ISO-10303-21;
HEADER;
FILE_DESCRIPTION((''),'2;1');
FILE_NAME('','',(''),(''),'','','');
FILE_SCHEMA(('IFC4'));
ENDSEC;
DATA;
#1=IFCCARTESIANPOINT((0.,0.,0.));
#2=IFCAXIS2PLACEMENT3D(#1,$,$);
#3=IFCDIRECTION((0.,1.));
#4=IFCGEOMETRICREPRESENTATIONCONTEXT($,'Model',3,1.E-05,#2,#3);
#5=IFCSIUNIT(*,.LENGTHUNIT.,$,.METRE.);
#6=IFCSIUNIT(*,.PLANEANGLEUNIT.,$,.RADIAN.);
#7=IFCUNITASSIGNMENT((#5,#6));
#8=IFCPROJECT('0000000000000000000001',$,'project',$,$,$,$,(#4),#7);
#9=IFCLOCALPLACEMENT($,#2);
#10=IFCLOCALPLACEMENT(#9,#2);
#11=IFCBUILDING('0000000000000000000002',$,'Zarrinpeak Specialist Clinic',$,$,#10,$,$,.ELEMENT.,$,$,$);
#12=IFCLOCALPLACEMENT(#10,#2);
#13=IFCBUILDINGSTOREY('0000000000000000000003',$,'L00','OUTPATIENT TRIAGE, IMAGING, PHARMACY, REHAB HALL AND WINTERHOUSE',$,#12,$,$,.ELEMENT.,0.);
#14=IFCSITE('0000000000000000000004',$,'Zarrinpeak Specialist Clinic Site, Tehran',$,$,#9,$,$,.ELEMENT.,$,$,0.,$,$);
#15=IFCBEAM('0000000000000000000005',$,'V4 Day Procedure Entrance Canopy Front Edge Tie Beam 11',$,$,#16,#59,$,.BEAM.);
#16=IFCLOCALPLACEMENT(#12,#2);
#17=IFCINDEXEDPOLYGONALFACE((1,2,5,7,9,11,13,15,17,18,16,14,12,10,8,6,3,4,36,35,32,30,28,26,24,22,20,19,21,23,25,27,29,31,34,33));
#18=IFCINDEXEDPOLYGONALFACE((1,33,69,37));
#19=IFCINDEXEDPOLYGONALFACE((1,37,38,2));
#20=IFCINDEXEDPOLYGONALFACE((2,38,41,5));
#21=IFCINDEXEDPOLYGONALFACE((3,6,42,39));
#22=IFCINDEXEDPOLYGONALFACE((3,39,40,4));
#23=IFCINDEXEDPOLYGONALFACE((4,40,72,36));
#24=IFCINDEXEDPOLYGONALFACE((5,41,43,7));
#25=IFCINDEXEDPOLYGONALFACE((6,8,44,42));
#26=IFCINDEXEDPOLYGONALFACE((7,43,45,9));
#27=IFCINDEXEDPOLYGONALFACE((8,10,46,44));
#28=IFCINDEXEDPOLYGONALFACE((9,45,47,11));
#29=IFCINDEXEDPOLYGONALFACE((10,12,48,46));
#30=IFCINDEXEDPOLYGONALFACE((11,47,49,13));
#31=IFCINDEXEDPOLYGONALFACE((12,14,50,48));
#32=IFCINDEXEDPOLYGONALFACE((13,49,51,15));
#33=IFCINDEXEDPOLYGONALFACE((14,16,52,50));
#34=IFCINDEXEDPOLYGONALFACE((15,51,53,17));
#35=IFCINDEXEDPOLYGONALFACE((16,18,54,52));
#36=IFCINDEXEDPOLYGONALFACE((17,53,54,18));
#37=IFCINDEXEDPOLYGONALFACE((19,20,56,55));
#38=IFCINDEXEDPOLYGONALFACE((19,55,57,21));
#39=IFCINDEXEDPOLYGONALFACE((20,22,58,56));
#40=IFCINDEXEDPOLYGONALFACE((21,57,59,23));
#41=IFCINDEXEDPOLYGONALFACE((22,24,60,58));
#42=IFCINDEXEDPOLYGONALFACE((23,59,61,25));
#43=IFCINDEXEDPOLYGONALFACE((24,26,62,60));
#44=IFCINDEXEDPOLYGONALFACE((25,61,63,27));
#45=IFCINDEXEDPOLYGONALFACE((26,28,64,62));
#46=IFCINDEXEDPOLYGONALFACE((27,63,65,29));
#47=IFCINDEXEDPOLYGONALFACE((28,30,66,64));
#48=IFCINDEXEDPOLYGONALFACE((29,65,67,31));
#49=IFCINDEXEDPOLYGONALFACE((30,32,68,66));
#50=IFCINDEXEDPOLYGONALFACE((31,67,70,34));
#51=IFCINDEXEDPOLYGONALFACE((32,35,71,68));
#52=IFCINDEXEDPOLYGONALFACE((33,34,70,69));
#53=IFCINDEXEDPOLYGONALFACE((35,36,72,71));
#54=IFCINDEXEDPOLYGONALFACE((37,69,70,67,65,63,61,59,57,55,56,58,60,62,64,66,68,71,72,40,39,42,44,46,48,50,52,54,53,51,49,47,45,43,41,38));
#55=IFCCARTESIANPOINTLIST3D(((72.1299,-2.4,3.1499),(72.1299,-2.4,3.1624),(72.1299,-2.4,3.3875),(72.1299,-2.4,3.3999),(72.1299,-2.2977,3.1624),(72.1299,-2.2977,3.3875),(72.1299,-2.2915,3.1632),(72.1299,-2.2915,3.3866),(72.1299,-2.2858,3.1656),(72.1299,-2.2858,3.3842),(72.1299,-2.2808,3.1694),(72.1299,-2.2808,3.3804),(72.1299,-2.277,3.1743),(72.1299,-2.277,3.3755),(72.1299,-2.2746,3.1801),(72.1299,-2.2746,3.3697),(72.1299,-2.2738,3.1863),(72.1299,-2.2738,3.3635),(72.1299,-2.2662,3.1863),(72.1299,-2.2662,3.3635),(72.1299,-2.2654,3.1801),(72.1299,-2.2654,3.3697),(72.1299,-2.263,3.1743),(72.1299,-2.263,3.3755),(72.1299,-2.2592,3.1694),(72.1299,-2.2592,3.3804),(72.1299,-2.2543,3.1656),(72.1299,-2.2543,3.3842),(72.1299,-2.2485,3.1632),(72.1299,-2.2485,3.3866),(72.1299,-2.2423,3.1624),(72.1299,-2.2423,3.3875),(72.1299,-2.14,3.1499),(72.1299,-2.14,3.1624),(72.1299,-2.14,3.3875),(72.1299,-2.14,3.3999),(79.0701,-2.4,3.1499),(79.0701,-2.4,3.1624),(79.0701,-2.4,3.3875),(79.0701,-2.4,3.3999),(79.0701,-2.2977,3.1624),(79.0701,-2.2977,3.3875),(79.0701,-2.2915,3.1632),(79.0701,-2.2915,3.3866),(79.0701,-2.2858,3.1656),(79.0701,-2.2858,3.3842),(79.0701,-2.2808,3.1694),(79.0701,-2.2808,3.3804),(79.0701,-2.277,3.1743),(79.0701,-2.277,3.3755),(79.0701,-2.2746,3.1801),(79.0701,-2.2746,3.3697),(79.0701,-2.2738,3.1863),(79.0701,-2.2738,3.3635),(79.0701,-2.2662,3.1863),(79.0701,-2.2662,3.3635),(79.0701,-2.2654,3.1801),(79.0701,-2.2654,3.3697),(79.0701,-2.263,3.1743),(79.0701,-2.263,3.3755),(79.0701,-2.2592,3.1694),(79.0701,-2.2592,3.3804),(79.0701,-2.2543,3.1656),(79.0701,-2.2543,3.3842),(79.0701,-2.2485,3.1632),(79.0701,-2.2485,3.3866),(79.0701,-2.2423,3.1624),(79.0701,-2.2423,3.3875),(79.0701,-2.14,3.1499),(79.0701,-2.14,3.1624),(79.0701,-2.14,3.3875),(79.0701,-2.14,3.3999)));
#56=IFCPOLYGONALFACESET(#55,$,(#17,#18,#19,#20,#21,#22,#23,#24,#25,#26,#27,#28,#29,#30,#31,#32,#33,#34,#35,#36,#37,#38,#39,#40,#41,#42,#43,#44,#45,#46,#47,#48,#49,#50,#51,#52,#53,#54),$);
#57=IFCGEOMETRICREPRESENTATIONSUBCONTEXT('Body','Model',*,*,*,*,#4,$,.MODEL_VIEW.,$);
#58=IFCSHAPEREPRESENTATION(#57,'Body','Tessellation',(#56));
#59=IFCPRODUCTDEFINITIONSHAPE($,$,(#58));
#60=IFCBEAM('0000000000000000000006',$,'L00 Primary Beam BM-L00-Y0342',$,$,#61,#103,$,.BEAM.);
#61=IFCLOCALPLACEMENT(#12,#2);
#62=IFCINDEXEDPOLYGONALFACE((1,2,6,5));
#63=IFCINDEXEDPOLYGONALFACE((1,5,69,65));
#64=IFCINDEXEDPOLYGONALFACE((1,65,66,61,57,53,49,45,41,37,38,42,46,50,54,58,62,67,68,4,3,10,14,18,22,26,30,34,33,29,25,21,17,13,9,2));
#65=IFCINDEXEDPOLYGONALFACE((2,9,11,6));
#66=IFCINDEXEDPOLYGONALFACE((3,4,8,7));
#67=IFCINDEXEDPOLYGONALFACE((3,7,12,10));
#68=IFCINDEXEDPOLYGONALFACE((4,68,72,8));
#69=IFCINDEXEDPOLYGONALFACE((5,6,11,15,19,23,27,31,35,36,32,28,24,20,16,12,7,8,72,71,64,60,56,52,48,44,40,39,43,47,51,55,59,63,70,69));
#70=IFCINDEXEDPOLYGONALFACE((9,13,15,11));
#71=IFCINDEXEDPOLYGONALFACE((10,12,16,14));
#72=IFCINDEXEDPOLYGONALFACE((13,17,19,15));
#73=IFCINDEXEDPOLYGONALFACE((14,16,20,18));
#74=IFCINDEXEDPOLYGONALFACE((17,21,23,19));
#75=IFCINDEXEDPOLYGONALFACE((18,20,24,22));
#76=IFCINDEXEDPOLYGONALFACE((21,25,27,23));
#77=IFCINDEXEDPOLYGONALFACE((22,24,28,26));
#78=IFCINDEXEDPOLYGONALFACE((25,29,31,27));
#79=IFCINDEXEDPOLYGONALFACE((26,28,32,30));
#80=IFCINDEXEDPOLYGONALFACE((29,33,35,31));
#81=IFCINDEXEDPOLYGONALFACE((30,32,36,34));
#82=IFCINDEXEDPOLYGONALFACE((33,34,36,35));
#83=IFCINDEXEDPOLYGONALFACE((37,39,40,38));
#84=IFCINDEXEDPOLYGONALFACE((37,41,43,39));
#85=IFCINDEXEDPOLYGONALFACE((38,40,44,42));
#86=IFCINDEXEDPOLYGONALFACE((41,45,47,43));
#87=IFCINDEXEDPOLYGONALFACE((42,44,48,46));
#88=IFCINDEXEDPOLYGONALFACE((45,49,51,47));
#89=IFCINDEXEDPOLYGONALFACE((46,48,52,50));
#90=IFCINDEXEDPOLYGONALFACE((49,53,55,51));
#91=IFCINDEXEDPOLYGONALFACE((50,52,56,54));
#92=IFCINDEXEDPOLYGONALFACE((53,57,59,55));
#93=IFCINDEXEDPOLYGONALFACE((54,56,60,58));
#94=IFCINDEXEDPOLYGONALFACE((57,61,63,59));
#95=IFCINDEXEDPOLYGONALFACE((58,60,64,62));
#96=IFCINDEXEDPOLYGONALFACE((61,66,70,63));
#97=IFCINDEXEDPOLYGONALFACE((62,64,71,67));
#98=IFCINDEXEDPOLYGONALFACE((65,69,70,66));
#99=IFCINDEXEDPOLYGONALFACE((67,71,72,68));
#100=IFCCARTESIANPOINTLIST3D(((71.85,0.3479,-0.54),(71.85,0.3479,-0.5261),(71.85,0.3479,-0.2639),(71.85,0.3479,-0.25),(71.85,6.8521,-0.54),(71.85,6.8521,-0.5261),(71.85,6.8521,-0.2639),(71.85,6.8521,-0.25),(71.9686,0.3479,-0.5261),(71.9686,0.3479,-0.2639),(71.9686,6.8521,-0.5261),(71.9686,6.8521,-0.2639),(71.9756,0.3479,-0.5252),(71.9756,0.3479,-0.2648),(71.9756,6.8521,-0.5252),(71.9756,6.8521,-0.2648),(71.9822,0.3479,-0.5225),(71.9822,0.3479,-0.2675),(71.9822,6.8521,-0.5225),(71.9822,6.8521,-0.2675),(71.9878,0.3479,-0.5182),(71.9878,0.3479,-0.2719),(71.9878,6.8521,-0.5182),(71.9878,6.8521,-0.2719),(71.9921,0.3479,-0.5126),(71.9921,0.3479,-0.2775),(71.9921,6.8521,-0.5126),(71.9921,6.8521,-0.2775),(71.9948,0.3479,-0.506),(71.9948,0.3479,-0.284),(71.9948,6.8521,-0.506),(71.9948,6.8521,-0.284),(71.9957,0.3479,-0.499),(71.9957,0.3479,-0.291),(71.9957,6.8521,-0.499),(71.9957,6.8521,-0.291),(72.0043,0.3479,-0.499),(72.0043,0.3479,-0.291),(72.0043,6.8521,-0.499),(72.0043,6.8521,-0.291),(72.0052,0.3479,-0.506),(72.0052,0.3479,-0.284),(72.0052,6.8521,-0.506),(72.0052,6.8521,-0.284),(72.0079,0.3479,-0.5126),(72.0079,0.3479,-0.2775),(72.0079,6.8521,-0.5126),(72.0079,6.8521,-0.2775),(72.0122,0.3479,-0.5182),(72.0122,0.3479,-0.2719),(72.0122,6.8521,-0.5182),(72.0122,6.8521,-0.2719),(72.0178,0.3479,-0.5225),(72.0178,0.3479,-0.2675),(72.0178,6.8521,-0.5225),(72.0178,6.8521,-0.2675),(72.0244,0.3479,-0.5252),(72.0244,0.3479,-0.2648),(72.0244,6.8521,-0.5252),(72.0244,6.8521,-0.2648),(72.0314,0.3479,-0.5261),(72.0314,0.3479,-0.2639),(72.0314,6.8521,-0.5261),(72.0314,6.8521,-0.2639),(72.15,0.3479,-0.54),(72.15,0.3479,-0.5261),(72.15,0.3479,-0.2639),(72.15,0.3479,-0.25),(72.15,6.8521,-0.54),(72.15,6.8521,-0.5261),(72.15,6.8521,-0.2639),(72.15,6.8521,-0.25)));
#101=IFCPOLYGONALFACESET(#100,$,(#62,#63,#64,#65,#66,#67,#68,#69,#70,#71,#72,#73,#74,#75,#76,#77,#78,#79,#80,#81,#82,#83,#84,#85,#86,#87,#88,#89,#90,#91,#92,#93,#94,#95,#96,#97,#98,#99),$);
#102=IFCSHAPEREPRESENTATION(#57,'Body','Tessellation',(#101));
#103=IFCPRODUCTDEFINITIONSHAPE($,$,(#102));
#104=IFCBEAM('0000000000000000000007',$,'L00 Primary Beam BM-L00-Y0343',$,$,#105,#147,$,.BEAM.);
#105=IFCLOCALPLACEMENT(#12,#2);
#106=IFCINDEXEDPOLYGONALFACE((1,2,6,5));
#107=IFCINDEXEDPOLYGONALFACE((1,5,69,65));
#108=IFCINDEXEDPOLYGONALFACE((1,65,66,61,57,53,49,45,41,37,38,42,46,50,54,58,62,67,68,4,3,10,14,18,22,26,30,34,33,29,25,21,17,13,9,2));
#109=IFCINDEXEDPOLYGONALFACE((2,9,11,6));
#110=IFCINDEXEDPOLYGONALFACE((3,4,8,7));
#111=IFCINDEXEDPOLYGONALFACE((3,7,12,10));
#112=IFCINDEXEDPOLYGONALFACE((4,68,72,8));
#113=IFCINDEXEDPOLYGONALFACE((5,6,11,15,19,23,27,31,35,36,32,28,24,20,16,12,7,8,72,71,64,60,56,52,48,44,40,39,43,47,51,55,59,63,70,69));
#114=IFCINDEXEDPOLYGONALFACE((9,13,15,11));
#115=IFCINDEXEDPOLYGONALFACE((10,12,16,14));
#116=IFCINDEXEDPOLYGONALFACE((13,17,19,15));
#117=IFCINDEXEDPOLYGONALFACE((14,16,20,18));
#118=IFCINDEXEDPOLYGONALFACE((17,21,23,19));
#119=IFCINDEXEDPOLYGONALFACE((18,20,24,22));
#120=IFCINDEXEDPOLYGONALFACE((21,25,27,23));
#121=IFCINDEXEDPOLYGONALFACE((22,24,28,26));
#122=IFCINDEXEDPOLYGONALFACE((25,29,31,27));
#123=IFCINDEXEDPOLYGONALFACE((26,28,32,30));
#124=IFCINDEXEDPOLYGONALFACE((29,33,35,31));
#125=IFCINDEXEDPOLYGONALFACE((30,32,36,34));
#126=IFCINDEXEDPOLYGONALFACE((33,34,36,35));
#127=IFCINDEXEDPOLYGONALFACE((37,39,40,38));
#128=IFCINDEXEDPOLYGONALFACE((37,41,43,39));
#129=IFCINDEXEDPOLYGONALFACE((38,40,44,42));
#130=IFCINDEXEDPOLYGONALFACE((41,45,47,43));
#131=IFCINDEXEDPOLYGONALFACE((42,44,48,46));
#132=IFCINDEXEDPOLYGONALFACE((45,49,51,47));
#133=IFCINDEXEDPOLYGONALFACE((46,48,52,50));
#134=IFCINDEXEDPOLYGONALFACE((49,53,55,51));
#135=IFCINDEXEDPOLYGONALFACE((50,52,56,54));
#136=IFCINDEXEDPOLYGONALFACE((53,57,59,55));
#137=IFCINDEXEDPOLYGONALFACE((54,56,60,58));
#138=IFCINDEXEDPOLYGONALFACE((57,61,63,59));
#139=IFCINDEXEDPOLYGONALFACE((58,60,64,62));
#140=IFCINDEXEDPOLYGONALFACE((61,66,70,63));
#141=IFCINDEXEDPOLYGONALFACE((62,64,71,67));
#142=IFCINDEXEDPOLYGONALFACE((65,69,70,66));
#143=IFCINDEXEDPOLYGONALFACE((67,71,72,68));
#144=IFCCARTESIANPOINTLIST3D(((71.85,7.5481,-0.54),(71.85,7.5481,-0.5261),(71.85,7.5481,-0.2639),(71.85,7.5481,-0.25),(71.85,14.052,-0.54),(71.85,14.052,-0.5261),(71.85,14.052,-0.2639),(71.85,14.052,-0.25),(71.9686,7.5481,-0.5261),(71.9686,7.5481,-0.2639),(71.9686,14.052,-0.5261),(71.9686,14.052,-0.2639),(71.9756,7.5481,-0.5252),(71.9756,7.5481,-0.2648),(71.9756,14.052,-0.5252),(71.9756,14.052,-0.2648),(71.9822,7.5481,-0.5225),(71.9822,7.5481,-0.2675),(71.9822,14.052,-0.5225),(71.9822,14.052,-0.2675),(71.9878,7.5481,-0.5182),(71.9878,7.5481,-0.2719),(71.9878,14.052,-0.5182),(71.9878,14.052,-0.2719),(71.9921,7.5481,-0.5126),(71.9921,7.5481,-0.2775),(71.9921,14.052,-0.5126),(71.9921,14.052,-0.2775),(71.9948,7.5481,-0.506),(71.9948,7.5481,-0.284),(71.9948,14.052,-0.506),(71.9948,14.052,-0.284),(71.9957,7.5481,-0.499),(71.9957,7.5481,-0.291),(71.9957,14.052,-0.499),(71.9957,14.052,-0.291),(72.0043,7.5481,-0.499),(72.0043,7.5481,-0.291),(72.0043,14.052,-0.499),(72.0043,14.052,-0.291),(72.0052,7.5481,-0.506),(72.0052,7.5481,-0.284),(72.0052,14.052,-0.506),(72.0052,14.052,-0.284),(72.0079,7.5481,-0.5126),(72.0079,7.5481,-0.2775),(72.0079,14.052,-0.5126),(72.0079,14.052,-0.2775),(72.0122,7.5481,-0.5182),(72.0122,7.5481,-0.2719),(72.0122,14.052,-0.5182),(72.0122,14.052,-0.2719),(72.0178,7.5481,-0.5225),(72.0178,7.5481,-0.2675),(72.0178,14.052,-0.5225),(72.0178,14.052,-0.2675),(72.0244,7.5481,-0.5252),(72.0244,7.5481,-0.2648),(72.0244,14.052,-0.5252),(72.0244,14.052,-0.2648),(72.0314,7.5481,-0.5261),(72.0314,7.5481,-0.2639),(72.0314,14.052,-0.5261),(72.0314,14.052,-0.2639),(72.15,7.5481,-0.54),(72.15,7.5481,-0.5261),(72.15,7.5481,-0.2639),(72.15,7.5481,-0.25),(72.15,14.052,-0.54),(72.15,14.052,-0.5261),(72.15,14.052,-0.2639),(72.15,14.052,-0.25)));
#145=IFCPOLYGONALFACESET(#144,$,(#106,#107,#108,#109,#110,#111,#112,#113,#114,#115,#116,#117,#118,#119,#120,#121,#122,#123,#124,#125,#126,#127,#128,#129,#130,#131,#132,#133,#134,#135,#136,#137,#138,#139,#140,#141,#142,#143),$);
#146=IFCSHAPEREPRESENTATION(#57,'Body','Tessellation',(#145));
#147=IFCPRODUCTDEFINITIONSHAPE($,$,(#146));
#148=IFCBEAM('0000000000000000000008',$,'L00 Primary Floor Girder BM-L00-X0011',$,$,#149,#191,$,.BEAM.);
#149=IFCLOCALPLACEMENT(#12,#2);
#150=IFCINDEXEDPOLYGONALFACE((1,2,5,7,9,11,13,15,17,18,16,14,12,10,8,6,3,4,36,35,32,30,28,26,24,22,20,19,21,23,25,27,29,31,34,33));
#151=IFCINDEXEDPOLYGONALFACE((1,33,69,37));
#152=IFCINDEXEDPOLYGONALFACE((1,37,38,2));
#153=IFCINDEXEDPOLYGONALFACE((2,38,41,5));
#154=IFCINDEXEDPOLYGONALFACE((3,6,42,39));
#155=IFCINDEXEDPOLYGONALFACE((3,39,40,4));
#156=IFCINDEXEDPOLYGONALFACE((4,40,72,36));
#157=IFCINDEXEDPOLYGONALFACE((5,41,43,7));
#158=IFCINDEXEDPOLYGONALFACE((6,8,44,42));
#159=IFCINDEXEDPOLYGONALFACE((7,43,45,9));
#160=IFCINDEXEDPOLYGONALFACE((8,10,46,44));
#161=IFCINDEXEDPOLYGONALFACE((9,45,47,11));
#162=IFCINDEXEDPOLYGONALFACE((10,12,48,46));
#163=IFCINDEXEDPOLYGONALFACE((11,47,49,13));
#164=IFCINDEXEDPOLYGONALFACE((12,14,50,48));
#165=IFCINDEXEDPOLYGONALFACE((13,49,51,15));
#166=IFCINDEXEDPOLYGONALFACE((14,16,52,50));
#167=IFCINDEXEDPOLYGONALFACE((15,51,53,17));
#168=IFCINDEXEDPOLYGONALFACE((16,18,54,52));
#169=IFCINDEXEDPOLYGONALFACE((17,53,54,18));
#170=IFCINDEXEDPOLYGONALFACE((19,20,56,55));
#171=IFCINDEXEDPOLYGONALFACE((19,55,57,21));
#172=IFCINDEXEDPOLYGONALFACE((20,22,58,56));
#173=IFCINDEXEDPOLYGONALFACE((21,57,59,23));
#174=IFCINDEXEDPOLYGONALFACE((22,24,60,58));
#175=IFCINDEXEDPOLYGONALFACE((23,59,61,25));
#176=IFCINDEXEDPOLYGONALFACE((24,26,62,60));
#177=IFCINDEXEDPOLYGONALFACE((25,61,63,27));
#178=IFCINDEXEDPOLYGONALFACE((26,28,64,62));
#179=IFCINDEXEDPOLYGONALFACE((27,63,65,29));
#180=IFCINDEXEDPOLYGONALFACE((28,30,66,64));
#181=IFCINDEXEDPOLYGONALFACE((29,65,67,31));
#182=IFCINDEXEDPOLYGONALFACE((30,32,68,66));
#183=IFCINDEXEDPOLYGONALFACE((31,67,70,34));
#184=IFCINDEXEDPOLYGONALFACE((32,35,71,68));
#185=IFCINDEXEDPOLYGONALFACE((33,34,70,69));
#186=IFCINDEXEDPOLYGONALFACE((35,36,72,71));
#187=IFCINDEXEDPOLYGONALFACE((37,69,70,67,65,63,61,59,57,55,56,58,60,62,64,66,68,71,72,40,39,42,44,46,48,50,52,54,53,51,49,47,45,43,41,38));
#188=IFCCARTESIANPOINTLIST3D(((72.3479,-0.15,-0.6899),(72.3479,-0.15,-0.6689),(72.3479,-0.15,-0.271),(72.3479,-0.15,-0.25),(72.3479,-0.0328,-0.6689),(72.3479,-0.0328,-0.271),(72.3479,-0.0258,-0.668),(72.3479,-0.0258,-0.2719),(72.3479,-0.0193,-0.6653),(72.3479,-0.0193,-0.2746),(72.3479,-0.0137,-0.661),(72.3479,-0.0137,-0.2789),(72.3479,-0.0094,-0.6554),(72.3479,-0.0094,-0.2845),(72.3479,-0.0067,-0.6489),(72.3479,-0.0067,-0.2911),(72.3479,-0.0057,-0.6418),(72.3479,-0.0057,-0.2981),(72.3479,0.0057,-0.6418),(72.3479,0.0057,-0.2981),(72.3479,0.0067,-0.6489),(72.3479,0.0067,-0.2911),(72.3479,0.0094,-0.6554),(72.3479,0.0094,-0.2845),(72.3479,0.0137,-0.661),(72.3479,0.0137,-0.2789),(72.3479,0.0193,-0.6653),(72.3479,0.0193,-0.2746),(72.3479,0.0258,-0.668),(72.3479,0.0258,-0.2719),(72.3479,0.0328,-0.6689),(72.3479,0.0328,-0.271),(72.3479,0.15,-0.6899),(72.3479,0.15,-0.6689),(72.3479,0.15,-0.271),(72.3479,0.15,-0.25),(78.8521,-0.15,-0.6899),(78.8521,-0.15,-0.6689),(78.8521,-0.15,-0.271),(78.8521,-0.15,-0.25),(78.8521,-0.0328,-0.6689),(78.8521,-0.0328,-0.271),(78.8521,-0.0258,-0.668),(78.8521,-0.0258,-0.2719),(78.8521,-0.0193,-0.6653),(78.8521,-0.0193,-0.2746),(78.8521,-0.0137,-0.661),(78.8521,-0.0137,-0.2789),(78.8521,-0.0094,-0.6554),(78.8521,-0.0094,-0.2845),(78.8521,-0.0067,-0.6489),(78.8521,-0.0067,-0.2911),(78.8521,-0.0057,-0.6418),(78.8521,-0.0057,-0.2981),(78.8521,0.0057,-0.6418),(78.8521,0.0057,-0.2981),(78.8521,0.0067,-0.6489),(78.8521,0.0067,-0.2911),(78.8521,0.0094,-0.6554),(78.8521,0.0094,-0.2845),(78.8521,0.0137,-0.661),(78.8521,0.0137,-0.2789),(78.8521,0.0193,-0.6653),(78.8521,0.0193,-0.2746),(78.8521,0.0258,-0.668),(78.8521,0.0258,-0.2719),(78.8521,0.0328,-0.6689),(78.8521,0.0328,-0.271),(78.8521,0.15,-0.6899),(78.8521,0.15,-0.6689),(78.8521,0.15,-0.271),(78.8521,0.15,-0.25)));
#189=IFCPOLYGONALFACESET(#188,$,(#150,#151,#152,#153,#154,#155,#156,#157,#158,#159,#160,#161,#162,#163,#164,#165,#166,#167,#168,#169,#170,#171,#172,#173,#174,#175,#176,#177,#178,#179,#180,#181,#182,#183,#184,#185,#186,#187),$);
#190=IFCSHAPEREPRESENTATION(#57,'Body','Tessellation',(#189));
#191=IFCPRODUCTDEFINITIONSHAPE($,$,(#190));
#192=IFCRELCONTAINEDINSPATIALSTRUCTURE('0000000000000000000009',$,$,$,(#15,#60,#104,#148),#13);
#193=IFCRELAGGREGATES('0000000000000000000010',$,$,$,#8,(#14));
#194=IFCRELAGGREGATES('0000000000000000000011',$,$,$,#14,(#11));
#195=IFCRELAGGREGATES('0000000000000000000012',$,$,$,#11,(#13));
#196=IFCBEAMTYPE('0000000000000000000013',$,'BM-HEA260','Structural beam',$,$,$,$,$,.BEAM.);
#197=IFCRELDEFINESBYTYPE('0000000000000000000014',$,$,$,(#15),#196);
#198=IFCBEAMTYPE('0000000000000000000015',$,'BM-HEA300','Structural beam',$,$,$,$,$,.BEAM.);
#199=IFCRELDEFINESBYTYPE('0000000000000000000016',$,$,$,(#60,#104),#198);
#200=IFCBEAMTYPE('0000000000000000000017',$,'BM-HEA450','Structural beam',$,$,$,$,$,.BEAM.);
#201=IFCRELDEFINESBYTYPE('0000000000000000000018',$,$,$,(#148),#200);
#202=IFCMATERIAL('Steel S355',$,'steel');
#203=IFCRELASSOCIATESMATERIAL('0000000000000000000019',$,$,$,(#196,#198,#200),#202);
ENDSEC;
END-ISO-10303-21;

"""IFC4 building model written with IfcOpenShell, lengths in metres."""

from ifc_helpers import new_model, si_unit, direction, frame, origin, origin_2d, place, context, subcontext, project, spatial, i_section, extrude, material, material_profile, profile_set, type_object, element, save


model = new_model("IFC4")

# Units and contexts
model_context = context("Model", 3, precision=1e-05, world=origin(), true_north=direction((0.0, 1.0)))
body_context = subcontext(model_context, "Body", "Model", "MODEL_VIEW")
ifc_project = project(units=[si_unit("LENGTHUNIT", "METRE"), si_unit("PLANEANGLEUNIT", "RADIAN")], contexts=[model_context])

# Site, building, storey
site_placement = place(None, origin())
site = spatial("IfcSite", under=ifc_project, at=site_placement, Name="Zarrinpeak Specialist Clinic Site, Tehran", CompositionType="ELEMENT", RefElevation=0.0)
building_placement = place(site_placement, origin())
building = spatial("IfcBuilding", under=site, at=building_placement, Name="Zarrinpeak Specialist Clinic", CompositionType="ELEMENT")
storey_placement = place(building_placement, origin())
storey = spatial("IfcBuildingStorey", under=building, at=storey_placement, Name="L00", Description="OUTPATIENT TRIAGE, IMAGING, PHARMACY, REHAB HALL AND WINTERHOUSE", CompositionType="ELEMENT", Elevation=0.0)

# Shared definitions
ifc_material_1 = material(Name="Steel S355", Category="steel")

# Beams
ifc_material_profile_1 = material_profile(ifc_material_1, i_section(OverallWidth=0.26, OverallDepth=0.25, WebThickness=0.0076, FlangeThickness=0.0125, FilletRadius=0.0239, at=origin_2d()), Name="HEA 260")
ifc_profile_set_1 = profile_set([ifc_material_profile_1], Name="Steel S355")
beam_type_1 = type_object("IfcBeamType", Name="BM-HEA260", Description="Structural beam", PredefinedType="BEAM", material=ifc_profile_set_1)
beam_1_placement = place(storey_placement, frame((72.1299, -2.27, 3.2749), z_axis=(1.0, 0.0, 0.0), x_axis=(0.0, 1.0, 0.0)))
element("IfcBeam", 1, at=beam_1_placement, inside=storey, type_object=beam_type_1, Name="V4 Day Procedure Entrance Canopy Front Edge Tie Beam 11", PredefinedType="BEAM", context=body_context, shape_type="SweptSolid", body=[
    extrude(i_section(OverallWidth=0.26, OverallDepth=0.25, WebThickness=0.0076, FlangeThickness=0.0125, FilletRadius=0.0239, at=origin_2d()), origin(), (0.0, 0.0, 1.0), 6.9402),
])
ifc_material_profile_2 = material_profile(ifc_material_1, i_section(OverallWidth=0.3, OverallDepth=0.29, WebThickness=0.0085, FlangeThickness=0.0139, FilletRadius=0.0271, at=origin_2d()), Name="HEA 300")
ifc_profile_set_2 = profile_set([ifc_material_profile_2], Name="Steel S355")
beam_type_2 = type_object("IfcBeamType", Name="BM-HEA300", Description="Structural beam", PredefinedType="BEAM", material=ifc_profile_set_2)
beam_2_placement = place(storey_placement, frame((72.0, 0.3479, -0.395), z_axis=(0.0, 1.0, 0.0), x_axis=(-1.0, 0.0, 0.0)))
element("IfcBeam", 2, at=beam_2_placement, inside=storey, type_object=beam_type_2, Name="L00 Primary Beam BM-L00-Y0342", PredefinedType="BEAM", context=body_context, shape_type="SweptSolid", body=[
    extrude(i_section(OverallWidth=0.3, OverallDepth=0.29, WebThickness=0.0085, FlangeThickness=0.0139, FilletRadius=0.0271, at=origin_2d()), origin(), (0.0, 0.0, 1.0), 6.5042),
])
beam_3_placement = place(storey_placement, frame((72.0, 7.5481, -0.395), z_axis=(0.0, 1.0, 0.0), x_axis=(-1.0, 0.0, 0.0)))
element("IfcBeam", 3, at=beam_3_placement, inside=storey, type_object=beam_type_2, Name="L00 Primary Beam BM-L00-Y0343", PredefinedType="BEAM", context=body_context, shape_type="SweptSolid", body=[
    extrude(i_section(OverallWidth=0.3, OverallDepth=0.29, WebThickness=0.0085, FlangeThickness=0.0139, FilletRadius=0.0271, at=origin_2d()), origin(), (0.0, 0.0, 1.0), 6.5039),
])
ifc_material_profile_3 = material_profile(ifc_material_1, i_section(OverallWidth=0.3, OverallDepth=0.4399, WebThickness=0.0115, FlangeThickness=0.021, FilletRadius=0.0271, at=origin_2d()), Name="HEA 450")
ifc_profile_set_3 = profile_set([ifc_material_profile_3], Name="Steel S355")
beam_type_3 = type_object("IfcBeamType", Name="BM-HEA450", Description="Structural beam", PredefinedType="BEAM", material=ifc_profile_set_3)
for number, where, z_axis, x_axis, name in (
    (4, (72.3479, 0.0, -0.47), (1.0, 0.0, 0.0), (0.0, 1.0, 0.0), "L00 Primary Floor Girder BM-L00-X0011"),
):
    element("IfcBeam", number, at=place(storey_placement, frame(where, z_axis=z_axis, x_axis=x_axis)), inside=storey, type_object=beam_type_3, Name=name, PredefinedType="BEAM", context=body_context, shape_type="SweptSolid", body=[
        extrude(i_section(OverallWidth=0.3, OverallDepth=0.4399, WebThickness=0.0115, FlangeThickness=0.021, FilletRadius=0.0271, at=origin_2d()), origin(), (0.0, 0.0, 1.0), 6.5042),
    ])

save(model, "model.ifc")
